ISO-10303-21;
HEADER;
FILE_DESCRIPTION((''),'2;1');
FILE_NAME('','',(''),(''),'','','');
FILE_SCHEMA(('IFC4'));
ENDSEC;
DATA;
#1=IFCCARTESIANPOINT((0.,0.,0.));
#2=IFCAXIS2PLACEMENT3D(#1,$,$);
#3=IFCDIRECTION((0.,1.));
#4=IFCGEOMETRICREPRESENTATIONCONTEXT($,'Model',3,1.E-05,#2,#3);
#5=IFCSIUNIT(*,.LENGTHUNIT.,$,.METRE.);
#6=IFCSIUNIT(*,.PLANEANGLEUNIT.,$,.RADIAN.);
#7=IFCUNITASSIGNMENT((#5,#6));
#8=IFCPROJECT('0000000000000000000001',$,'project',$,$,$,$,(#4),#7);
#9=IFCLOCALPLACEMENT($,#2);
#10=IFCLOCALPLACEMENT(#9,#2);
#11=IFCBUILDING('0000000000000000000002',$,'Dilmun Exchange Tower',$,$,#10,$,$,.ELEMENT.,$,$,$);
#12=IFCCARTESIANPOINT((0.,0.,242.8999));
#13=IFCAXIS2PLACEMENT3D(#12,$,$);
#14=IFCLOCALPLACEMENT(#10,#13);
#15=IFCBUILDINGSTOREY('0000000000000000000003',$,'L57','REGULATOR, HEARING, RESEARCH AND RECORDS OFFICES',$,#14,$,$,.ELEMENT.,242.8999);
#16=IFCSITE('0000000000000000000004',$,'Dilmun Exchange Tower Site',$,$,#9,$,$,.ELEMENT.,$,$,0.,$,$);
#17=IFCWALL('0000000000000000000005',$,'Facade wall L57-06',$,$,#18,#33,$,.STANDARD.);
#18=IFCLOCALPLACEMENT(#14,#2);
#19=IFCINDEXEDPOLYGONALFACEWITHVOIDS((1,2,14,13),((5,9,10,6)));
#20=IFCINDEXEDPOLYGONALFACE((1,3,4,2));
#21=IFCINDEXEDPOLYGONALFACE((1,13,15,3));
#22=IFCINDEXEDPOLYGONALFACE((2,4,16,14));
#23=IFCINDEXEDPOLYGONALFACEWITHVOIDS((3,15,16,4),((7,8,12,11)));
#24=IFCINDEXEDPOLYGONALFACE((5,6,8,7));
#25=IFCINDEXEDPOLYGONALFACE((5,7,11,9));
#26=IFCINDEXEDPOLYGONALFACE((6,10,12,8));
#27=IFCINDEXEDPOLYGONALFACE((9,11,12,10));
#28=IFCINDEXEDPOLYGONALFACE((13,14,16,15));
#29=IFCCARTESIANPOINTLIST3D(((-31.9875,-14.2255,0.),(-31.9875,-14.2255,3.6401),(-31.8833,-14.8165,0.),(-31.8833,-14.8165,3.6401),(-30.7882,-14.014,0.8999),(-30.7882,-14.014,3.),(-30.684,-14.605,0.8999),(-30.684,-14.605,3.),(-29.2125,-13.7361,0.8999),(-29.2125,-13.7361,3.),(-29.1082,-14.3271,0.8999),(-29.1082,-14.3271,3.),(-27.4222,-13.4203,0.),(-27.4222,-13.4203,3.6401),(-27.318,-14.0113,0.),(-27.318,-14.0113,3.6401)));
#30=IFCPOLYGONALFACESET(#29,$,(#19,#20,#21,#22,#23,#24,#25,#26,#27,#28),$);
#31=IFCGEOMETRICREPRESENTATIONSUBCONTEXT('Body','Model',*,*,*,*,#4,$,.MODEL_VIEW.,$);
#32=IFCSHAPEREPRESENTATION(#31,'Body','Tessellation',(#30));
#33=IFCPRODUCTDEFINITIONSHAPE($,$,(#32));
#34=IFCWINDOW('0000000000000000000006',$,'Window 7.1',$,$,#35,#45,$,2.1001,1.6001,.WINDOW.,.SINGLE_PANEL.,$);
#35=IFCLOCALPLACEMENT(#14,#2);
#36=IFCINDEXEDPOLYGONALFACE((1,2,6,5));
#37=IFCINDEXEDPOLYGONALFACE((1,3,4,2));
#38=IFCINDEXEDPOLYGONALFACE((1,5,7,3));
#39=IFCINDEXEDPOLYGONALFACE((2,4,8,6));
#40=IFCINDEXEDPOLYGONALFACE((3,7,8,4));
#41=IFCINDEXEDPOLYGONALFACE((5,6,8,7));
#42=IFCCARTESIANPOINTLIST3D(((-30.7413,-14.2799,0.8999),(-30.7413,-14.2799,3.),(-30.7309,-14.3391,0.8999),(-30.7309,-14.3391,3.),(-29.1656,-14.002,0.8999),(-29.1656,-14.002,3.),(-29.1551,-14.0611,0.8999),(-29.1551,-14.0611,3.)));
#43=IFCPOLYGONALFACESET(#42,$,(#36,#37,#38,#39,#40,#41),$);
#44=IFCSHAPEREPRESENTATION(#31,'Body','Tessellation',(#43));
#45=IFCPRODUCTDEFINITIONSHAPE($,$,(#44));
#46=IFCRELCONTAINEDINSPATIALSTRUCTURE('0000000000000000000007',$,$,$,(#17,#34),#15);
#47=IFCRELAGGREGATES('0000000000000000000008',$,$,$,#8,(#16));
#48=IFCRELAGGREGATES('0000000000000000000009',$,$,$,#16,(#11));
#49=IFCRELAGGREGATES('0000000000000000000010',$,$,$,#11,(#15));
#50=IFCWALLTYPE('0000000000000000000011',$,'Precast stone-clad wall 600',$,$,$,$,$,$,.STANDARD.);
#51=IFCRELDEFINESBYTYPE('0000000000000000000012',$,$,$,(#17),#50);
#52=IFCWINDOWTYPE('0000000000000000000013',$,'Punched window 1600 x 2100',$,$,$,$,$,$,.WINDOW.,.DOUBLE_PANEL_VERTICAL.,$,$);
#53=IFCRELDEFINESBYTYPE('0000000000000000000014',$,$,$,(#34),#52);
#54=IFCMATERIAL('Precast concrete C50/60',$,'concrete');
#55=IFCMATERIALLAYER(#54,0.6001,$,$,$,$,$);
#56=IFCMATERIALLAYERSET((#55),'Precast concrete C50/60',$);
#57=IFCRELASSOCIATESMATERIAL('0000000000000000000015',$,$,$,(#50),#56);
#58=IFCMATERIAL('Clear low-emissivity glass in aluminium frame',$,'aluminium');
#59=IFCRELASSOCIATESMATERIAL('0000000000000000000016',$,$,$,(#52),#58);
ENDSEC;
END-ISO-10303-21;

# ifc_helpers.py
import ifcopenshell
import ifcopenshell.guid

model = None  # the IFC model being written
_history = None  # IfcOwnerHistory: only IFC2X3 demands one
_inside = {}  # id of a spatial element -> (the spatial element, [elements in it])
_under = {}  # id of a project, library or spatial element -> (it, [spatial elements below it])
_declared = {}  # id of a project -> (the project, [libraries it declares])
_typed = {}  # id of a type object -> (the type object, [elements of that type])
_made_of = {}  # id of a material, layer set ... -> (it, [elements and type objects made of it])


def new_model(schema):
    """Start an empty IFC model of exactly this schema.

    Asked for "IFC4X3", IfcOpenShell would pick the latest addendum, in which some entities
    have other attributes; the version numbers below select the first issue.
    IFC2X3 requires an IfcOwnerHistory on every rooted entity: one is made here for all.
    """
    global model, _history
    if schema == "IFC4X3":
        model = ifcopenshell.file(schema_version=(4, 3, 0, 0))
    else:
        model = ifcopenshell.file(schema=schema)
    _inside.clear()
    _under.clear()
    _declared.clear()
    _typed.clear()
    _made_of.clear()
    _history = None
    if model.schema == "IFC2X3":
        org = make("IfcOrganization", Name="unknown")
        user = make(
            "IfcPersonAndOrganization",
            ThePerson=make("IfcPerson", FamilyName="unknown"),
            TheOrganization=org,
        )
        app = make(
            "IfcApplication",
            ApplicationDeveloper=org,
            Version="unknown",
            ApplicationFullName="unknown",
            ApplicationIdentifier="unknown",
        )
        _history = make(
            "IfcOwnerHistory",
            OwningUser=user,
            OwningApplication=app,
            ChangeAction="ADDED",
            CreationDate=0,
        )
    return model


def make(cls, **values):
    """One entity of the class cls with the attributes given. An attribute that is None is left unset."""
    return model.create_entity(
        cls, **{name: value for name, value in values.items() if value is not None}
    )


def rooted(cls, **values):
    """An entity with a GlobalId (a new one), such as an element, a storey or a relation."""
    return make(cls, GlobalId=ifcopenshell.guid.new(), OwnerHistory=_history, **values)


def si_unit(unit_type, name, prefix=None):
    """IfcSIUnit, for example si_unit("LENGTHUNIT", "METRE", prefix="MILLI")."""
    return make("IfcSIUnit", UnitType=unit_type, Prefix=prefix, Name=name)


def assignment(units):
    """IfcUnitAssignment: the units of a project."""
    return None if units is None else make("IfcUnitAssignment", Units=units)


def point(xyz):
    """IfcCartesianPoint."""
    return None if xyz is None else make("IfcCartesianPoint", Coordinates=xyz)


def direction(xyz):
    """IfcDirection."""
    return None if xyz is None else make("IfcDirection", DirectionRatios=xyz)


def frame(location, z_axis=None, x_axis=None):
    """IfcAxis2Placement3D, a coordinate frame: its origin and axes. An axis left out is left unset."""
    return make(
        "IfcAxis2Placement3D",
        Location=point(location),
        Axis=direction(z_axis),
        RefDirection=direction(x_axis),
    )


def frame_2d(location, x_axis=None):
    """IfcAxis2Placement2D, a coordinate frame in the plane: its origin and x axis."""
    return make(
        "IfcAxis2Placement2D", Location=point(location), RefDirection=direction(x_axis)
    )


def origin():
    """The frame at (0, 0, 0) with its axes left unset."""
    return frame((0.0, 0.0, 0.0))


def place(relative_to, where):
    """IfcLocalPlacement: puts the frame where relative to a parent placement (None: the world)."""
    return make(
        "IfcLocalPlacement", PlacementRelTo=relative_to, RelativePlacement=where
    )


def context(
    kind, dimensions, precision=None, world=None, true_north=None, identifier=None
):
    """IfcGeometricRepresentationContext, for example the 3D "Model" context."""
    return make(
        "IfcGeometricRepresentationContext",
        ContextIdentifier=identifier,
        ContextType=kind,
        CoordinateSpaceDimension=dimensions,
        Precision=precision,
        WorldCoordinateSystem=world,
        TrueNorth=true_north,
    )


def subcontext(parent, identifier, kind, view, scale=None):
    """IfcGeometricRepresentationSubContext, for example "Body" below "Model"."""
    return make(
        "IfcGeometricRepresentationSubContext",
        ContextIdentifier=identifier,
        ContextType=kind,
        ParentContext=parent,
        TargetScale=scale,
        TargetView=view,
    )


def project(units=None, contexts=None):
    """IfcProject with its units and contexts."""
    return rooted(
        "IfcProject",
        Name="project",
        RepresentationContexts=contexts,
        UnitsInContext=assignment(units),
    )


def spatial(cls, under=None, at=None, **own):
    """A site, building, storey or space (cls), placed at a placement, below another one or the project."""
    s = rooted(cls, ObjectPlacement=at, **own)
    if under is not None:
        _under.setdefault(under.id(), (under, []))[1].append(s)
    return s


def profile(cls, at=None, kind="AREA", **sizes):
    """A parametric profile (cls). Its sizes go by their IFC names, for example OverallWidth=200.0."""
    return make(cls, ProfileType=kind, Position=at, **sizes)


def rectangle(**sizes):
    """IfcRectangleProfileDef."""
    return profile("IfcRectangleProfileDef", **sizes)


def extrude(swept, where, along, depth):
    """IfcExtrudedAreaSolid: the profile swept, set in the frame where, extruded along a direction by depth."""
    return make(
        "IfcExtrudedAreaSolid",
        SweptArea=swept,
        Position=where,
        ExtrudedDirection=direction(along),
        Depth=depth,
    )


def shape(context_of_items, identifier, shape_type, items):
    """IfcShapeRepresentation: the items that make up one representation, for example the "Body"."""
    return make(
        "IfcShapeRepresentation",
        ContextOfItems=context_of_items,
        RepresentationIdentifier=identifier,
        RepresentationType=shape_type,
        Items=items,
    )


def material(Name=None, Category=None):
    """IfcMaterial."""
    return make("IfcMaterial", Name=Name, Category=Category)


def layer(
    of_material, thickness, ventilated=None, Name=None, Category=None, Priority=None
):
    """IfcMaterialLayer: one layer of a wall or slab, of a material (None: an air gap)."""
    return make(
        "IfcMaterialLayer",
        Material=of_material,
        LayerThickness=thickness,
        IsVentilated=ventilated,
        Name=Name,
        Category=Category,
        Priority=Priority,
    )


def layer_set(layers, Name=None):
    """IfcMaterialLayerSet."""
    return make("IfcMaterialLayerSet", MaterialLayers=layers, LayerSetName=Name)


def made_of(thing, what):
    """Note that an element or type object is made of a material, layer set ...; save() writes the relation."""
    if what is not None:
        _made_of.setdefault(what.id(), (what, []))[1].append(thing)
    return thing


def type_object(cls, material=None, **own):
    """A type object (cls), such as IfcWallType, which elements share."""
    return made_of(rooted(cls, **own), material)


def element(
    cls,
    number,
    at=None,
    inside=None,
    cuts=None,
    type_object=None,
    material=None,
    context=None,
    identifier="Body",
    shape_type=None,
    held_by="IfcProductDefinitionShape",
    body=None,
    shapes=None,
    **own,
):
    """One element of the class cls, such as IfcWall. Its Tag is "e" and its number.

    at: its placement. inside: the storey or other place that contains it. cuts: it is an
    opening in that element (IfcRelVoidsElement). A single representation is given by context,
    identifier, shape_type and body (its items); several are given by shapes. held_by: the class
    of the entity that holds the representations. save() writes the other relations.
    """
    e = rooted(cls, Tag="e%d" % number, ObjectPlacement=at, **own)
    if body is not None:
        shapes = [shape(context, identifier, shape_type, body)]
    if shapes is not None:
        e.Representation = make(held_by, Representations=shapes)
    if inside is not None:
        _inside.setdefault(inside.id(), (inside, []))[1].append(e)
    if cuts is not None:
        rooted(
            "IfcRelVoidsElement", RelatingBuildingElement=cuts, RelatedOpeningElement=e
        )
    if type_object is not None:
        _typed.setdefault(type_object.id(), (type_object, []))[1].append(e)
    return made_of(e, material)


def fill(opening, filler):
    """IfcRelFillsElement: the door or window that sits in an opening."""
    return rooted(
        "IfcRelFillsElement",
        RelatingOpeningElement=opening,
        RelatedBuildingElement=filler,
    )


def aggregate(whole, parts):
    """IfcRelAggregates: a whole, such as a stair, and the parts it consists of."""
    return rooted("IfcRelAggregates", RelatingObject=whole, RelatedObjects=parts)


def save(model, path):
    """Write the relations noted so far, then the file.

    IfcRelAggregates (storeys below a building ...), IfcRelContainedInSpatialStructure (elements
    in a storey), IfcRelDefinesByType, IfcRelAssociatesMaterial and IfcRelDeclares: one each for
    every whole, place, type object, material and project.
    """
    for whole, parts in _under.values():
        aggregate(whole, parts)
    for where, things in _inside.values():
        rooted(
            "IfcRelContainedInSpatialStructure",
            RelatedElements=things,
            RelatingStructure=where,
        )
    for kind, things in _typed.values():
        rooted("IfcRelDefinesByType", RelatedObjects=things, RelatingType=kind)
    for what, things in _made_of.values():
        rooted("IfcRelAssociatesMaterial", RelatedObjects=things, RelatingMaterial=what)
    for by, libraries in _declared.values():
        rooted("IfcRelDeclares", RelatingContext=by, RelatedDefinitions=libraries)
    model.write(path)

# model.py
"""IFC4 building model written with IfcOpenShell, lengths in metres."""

from ifc_helpers import new_model, si_unit, direction, frame, frame_2d, origin, place, context, subcontext, project, spatial, rectangle, extrude, material, layer, layer_set, type_object, element, fill, save


model = new_model("IFC4")

# Units and contexts
model_context = context("Model", 3, precision=1e-05, world=origin(), true_north=direction((0.0, 1.0)))
body_context = subcontext(model_context, "Body", "Model", "MODEL_VIEW")
ifc_project = project(units=[si_unit("LENGTHUNIT", "METRE"), si_unit("PLANEANGLEUNIT", "RADIAN")], contexts=[model_context])

# Site, building, storey
site_placement = place(None, origin())
site = spatial("IfcSite", under=ifc_project, at=site_placement, Name="Dilmun Exchange Tower Site", CompositionType="ELEMENT", RefElevation=0.0)
building_placement = place(site_placement, origin())
building = spatial("IfcBuilding", under=site, at=building_placement, Name="Dilmun Exchange Tower", CompositionType="ELEMENT")
storey_placement = place(building_placement, frame((0.0, 0.0, 242.8999)))
storey = spatial("IfcBuildingStorey", under=building, at=storey_placement, Name="L57", Description="REGULATOR, HEARING, RESEARCH AND RECORDS OFFICES", CompositionType="ELEMENT", Elevation=242.8999)

# Wall, opening, window
ifc_material_1 = material(Name="Precast concrete C50/60", Category="concrete")
ifc_layer_1 = layer(ifc_material_1, 0.6001)
ifc_layer_set_1 = layer_set([ifc_layer_1], Name="Precast concrete C50/60")
wall_type_1 = type_object("IfcWallType", Name="Precast stone-clad wall 600", PredefinedType="STANDARD", material=ifc_layer_set_1)
wall_1_placement = place(storey_placement, frame((-27.3701, -13.7158, 0.0), z_axis=(0.0, 0.0, 1.0), x_axis=(-0.9848, -0.173692, 0.0)))
wall_1 = element("IfcWall", 1, at=wall_1_placement, inside=storey, type_object=wall_type_1, Name="Facade wall L57-06", PredefinedType="STANDARD", context=body_context, shape_type="SweptSolid", body=[
    extrude(rectangle(XDim=4.6357, YDim=0.6001, at=frame_2d((2.3179, 0.0))), origin(), (0.0, 0.0, 1.0), 3.6401),
])
opening_1_placement = place(wall_1_placement, frame((1.8179, 0.0, 0.8999)))
opening_1 = element("IfcOpeningElement", 2, at=opening_1_placement, cuts=wall_1, PredefinedType="OPENING", context=body_context, shape_type="SweptSolid", body=[
    extrude(rectangle(XDim=1.6001, YDim=2.1001, at=frame_2d((0.8, 1.05))), frame((0.0, 0.3101, 0.0), z_axis=(0.0, -1.0, 0.0), x_axis=(1.0, 0.0, 0.0)), (0.0, 0.0, 1.0), 0.6201),
])
ifc_material_2 = material(Name="Clear low-emissivity glass in aluminium frame", Category="aluminium")
window_type_1 = type_object("IfcWindowType", Name="Punched window 1600 x 2100", PartitioningType="DOUBLE_PANEL_VERTICAL", PredefinedType="WINDOW", material=ifc_material_2)
window_1_placement = place(opening_1_placement, origin())
window_1 = element("IfcWindow", 3, at=window_1_placement, inside=storey, type_object=window_type_1, Name="Window 7.1", OverallHeight=2.1001, OverallWidth=1.6001, PartitioningType="SINGLE_PANEL", PredefinedType="WINDOW", context=body_context, shape_type="SweptSolid", body=[
    extrude(rectangle(XDim=1.6001, YDim=2.1001, at=frame_2d((0.8, 1.05))), frame((0.0, 0.03, 0.0), z_axis=(0.0, -1.0, 0.0), x_axis=(1.0, 0.0, 0.0)), (0.0, 0.0, 1.0), 0.0601),
])
fill(opening_1, window_1)

save(model, "model.ifc")
